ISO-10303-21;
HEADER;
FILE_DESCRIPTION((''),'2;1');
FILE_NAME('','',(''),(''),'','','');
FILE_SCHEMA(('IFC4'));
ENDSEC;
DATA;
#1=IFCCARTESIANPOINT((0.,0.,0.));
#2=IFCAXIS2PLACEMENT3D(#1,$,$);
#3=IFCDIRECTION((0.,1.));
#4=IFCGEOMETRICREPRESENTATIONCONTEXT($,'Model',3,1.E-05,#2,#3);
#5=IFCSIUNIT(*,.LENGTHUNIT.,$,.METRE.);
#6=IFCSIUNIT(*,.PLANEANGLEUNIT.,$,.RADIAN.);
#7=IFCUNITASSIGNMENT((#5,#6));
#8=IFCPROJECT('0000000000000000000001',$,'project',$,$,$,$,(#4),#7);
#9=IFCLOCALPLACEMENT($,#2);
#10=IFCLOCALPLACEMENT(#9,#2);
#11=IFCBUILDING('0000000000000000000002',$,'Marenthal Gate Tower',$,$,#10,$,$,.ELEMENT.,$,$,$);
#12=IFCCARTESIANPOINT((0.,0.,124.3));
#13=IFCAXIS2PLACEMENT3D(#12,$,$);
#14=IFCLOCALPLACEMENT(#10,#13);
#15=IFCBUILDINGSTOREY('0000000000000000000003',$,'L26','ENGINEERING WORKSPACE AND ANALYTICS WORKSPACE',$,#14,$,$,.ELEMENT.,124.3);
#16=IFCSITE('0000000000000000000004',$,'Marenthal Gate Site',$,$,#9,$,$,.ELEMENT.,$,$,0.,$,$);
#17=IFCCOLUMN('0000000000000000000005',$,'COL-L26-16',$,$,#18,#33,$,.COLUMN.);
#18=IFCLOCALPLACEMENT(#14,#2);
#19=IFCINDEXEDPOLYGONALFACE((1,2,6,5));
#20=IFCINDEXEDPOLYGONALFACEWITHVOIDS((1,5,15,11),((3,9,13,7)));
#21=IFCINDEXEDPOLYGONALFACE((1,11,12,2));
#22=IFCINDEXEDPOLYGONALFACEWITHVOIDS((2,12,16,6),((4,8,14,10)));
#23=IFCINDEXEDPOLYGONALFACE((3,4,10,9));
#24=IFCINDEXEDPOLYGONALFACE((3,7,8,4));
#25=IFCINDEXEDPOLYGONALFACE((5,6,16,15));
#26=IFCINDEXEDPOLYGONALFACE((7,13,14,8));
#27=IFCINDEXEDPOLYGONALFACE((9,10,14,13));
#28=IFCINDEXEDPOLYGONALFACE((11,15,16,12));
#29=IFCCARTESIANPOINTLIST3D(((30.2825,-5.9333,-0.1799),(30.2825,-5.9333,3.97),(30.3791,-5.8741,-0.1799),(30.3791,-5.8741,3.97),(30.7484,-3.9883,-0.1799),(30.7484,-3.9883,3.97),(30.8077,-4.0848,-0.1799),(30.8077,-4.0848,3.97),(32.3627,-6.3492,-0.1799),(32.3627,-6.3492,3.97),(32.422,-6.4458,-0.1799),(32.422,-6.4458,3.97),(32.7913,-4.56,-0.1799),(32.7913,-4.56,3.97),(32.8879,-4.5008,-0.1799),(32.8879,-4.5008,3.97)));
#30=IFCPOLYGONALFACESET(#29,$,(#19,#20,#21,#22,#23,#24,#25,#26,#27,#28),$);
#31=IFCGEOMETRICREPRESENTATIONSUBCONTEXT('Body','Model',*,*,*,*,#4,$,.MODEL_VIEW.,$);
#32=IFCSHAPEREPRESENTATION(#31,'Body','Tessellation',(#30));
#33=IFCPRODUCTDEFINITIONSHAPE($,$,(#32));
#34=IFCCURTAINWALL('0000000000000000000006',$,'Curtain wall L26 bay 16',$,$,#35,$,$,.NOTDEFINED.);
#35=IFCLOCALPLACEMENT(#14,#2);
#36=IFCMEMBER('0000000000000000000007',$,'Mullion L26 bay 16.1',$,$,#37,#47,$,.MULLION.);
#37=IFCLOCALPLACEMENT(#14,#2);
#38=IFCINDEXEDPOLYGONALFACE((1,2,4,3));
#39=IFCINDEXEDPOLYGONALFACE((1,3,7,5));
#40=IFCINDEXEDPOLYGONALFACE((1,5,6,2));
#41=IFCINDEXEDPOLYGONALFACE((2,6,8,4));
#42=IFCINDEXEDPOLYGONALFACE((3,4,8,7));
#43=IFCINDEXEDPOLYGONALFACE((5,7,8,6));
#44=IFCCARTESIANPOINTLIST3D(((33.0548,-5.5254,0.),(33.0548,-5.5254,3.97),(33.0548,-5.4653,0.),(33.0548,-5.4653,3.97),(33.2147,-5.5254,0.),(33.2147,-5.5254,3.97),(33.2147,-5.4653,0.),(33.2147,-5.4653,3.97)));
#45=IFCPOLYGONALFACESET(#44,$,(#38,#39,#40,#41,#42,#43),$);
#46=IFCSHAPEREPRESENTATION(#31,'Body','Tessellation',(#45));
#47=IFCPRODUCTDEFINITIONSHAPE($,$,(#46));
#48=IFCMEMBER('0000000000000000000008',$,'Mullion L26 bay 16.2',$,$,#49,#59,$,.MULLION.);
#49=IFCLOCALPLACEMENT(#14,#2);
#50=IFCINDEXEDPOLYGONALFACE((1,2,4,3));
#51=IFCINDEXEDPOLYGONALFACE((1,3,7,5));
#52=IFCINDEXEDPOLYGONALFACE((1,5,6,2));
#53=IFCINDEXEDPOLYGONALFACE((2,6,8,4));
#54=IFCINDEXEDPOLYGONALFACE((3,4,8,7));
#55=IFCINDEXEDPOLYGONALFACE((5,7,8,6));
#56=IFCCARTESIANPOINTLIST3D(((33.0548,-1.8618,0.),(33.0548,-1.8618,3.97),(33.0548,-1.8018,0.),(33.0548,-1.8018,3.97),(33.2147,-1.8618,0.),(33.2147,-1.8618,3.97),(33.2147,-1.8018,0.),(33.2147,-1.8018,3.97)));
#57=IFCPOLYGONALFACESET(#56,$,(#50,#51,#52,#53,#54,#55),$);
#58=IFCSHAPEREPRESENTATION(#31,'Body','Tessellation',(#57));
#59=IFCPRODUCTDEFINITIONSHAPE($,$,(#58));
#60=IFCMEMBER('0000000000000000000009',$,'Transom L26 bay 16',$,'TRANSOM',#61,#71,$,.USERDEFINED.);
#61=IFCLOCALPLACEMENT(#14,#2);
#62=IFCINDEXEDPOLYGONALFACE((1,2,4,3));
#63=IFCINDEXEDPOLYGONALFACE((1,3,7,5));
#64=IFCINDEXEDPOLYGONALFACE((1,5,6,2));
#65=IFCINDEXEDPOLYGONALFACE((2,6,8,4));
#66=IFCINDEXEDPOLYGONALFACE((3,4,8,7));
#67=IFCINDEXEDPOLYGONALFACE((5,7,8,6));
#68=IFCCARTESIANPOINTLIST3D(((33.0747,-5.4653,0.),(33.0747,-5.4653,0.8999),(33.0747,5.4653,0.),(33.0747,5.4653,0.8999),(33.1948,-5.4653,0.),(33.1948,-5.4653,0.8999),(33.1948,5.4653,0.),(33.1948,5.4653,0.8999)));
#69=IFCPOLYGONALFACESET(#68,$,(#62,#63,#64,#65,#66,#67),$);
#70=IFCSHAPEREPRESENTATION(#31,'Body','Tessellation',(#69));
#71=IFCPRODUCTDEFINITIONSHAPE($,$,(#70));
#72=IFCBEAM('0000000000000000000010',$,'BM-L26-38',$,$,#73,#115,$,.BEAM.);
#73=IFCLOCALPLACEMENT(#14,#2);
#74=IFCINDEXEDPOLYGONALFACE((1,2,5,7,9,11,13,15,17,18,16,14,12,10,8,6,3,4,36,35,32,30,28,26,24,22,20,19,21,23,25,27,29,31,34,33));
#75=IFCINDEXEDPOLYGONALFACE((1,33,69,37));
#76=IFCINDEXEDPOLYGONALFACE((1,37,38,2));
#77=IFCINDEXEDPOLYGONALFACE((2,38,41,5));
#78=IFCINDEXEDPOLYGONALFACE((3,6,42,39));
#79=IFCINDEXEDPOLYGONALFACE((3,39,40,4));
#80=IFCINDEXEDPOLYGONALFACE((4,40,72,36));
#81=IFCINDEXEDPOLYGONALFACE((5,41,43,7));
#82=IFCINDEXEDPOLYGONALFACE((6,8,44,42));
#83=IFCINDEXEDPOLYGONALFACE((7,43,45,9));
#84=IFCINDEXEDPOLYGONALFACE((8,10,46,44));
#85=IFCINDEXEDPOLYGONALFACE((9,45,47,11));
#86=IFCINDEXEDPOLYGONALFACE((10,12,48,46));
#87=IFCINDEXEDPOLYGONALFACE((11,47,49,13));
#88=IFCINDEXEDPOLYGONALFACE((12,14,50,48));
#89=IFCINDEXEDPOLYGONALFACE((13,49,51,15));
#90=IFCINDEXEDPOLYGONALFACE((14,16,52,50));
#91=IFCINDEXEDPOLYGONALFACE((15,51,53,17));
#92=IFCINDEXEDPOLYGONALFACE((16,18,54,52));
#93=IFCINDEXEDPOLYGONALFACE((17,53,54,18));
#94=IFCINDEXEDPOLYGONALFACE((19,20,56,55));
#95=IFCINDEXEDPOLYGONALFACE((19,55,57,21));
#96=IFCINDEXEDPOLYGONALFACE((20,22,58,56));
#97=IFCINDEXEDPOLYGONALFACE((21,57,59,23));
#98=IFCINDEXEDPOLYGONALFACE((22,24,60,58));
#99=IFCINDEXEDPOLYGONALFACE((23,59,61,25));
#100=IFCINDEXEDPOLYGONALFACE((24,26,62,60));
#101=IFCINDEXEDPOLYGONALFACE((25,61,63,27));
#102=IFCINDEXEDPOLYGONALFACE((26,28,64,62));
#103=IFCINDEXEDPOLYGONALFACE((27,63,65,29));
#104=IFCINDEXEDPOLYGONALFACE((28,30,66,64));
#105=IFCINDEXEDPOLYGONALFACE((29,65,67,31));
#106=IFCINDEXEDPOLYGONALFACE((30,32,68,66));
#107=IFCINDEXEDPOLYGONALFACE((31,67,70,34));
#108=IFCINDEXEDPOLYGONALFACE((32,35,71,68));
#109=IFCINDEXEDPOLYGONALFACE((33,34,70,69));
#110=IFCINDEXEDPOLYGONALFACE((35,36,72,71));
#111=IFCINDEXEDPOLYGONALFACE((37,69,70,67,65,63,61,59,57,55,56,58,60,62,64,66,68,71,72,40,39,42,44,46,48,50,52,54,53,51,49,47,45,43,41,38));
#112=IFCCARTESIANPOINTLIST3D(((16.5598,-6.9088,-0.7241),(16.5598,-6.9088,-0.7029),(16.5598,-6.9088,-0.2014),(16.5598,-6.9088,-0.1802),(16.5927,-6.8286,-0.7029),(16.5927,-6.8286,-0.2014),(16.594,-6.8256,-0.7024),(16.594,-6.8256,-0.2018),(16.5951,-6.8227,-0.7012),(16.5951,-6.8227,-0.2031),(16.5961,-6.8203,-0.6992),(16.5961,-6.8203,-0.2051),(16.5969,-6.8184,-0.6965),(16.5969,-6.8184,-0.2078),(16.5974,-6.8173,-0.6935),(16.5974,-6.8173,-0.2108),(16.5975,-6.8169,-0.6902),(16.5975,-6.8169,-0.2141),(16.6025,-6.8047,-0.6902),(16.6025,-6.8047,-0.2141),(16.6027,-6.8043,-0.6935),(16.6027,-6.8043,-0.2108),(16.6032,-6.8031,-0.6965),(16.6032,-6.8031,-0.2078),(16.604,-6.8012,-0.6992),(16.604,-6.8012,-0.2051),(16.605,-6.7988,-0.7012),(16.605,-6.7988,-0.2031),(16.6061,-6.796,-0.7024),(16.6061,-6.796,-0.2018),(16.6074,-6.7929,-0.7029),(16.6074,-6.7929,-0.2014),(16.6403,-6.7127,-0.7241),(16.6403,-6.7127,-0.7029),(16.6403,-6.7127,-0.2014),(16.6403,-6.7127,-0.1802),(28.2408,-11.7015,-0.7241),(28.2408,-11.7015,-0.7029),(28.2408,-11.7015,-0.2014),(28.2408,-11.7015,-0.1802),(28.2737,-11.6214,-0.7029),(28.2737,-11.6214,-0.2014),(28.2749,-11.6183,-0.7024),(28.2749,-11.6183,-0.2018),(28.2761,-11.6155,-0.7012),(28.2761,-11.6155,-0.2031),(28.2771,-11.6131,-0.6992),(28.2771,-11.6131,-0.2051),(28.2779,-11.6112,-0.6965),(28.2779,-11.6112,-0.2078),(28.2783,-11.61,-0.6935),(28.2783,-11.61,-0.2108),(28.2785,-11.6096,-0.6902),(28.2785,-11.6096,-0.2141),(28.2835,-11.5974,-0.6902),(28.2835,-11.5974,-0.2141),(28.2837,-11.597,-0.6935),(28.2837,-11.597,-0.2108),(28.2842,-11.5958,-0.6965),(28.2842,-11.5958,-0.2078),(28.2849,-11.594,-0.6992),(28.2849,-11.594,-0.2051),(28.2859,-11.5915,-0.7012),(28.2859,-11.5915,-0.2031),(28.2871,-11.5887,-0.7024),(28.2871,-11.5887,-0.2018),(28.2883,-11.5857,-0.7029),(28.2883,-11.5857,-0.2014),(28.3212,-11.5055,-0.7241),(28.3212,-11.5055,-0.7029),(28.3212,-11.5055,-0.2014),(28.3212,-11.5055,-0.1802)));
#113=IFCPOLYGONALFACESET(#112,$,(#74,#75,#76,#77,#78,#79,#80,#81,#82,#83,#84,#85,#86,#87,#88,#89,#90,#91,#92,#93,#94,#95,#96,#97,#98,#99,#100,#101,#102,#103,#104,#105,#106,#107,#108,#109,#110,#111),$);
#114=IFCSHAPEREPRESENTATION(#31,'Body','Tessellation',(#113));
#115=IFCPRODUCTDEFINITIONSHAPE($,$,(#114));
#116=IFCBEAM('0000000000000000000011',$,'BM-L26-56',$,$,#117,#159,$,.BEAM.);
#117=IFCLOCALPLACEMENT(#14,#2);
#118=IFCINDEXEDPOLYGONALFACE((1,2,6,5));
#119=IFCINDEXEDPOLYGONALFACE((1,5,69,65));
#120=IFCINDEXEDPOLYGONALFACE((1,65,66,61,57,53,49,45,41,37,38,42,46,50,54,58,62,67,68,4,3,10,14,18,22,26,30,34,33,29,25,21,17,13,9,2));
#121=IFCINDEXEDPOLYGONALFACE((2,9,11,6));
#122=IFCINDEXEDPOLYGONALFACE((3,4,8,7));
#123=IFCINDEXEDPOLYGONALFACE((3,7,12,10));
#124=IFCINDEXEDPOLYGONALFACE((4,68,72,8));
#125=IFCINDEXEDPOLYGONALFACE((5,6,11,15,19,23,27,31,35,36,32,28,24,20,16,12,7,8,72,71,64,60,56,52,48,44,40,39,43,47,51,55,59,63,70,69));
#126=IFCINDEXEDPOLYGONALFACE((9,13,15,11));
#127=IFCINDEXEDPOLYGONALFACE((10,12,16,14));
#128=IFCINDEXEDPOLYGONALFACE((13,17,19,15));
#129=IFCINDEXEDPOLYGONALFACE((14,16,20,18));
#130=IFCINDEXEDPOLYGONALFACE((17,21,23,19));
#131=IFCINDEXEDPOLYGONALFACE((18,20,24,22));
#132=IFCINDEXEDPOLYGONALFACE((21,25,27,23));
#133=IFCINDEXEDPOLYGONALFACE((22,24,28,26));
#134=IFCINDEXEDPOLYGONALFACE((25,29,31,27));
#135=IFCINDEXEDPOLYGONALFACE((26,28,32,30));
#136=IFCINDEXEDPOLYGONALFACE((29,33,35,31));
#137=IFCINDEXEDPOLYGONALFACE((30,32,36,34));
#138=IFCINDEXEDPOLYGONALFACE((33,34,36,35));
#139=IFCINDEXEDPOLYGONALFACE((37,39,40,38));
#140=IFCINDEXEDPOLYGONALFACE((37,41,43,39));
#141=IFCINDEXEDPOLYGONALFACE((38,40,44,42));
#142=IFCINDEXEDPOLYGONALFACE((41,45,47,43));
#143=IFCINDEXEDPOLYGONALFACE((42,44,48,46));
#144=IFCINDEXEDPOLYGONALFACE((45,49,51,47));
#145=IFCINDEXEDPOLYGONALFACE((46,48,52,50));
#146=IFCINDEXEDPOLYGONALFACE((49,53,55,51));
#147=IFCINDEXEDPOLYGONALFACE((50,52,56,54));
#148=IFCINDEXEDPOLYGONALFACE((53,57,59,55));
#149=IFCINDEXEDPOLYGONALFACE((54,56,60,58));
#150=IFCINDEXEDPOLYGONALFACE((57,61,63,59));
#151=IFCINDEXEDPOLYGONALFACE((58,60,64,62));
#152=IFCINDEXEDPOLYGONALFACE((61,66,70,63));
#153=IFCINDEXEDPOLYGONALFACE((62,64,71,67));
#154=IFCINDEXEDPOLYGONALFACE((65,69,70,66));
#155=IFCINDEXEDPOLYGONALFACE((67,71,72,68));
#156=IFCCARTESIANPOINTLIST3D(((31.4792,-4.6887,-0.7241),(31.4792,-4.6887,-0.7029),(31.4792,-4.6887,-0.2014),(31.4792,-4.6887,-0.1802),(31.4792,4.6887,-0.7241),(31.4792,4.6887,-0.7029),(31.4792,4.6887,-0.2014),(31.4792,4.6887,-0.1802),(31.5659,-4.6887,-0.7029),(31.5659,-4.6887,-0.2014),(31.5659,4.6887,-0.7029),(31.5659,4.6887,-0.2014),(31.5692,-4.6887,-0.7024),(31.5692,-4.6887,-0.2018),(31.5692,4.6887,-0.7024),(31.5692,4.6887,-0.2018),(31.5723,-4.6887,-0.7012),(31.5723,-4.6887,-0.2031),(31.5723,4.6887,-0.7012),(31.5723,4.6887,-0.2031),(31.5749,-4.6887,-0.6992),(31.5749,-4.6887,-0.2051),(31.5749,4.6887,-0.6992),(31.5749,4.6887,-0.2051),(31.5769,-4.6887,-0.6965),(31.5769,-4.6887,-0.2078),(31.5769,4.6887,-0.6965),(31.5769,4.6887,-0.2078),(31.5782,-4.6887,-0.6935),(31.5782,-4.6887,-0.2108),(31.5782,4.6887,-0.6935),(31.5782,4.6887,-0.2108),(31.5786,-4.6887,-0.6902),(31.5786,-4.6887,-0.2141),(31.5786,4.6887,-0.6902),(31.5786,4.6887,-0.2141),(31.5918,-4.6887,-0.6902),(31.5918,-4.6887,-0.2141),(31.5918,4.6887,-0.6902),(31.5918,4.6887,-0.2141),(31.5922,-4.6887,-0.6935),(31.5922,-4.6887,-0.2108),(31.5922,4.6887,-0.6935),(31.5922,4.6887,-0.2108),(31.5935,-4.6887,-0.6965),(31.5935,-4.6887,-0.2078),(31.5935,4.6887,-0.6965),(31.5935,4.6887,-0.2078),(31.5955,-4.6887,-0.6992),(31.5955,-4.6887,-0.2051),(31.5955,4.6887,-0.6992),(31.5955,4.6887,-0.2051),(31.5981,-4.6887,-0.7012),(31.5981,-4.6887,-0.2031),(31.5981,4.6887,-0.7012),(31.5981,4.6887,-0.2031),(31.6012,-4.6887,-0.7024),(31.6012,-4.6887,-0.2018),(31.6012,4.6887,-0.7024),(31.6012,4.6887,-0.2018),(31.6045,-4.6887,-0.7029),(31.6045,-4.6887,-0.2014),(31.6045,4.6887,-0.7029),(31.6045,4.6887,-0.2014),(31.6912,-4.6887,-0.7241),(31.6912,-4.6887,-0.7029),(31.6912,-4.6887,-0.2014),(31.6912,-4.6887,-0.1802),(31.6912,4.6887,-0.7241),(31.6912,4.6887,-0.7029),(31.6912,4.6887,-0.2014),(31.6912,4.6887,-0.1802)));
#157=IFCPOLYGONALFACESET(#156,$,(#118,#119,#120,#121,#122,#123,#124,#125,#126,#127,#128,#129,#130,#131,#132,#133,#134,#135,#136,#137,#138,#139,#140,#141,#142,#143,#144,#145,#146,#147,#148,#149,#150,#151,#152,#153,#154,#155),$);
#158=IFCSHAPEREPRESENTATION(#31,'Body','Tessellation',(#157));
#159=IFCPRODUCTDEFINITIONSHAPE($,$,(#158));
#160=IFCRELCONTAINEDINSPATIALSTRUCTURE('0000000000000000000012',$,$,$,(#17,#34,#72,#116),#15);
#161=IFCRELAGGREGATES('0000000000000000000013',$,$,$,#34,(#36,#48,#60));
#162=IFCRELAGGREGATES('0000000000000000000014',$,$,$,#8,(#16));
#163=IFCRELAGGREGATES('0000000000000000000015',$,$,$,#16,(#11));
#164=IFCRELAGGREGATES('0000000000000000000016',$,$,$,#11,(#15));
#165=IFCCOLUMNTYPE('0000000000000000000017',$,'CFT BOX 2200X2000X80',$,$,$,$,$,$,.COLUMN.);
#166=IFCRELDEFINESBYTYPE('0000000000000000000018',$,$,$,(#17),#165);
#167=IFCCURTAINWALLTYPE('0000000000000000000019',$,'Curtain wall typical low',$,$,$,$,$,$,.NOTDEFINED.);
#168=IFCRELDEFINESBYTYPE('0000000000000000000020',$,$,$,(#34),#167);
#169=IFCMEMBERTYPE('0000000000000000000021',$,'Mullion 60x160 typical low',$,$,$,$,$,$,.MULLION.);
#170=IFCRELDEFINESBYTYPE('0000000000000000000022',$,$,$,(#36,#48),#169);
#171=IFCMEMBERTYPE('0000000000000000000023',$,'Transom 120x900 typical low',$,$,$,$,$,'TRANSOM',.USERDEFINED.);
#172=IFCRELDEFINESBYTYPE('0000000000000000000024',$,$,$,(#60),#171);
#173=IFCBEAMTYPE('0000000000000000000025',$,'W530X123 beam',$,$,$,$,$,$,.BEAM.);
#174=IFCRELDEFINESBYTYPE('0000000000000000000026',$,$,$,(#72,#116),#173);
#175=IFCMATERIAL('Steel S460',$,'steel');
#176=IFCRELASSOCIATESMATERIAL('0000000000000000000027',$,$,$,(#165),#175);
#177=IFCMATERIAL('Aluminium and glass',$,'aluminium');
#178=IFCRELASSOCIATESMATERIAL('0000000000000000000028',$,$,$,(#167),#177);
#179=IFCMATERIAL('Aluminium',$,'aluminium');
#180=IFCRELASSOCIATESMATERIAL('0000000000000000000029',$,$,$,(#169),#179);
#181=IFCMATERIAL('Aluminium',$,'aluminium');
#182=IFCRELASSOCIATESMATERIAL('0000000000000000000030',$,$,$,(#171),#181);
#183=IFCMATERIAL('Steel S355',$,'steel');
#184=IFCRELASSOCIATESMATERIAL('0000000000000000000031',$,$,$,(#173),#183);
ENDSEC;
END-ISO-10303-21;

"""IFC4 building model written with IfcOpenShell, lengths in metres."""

from ifc_helpers import new_model, si_unit, direction, frame, origin, origin_2d, place, context, subcontext, project, spatial, rectangle, hollow_rectangle, i_section, extrude, material, material_profile, profile_set, type_object, element, aggregate, save


model = new_model("IFC4")

# Units and contexts
model_context = context("Model", 3, precision=1e-05, world=origin(), true_north=direction((0.0, 1.0)))
body_context = subcontext(model_context, "Body", "Model", "MODEL_VIEW")
ifc_project = project(units=[si_unit("LENGTHUNIT", "METRE"), si_unit("PLANEANGLEUNIT", "RADIAN")], contexts=[model_context])

# Site, building, storey
site_placement = place(None, origin())
site = spatial("IfcSite", under=ifc_project, at=site_placement, Name="Marenthal Gate Site", CompositionType="ELEMENT", RefElevation=0.0)
building_placement = place(site_placement, origin())
building = spatial("IfcBuilding", under=site, at=building_placement, Name="Marenthal Gate Tower", CompositionType="ELEMENT")
storey_placement = place(building_placement, frame((0.0, 0.0, 124.3)))
storey = spatial("IfcBuildingStorey", under=building, at=storey_placement, Name="L26", Description="ENGINEERING WORKSPACE AND ANALYTICS WORKSPACE", CompositionType="ELEMENT", Elevation=124.3)

# Column
ifc_material_1 = material(Name="Steel S460", Category="steel")
ifc_material_profile_1 = material_profile(ifc_material_1, hollow_rectangle(XDim=2.0, YDim=2.2, WallThickness=0.0801, at=origin_2d()), Name="CFT BOX 2200X2000X80")
ifc_material_2 = material(Name="Concrete 70 MPa", Category="concrete")
ifc_material_profile_2 = material_profile(ifc_material_2, rectangle(XDim=1.8401, YDim=2.04, at=origin_2d()), Name="CFT BOX 2200X2000X80 INFILL")
ifc_profile_set_1 = profile_set([ifc_material_profile_1, ifc_material_profile_2], Name="Steel S460 shell, Concrete 70 MPa infill")
column_type = type_object("IfcColumnType", Name="CFT BOX 2200X2000X80", PredefinedType="COLUMN", material=ifc_profile_set_1)
column_placement = place(storey_placement, frame((31.5852, -5.217, -0.1799), z_axis=(0.0, 0.0, 1.0), x_axis=(-0.23295, -0.972489, 0.0)))
element("IfcColumn", 1, at=column_placement, inside=storey, type_object=column_type, Name="COL-L26-16", PredefinedType="COLUMN", context=body_context, shape_type="SweptSolid", body=[
    extrude(hollow_rectangle(XDim=2.0, YDim=2.2, WallThickness=0.0801, at=origin_2d()), origin(), (0.0, 0.0, 1.0), 4.1499),
])

# Curtain wall, members
ifc_material_3 = material(Name="Aluminium and glass", Category="aluminium")
curtain_wall_type = type_object("IfcCurtainWallType", Name="Curtain wall typical low", PredefinedType="NOTDEFINED", material=ifc_material_3)
curtain_wall_placement = place(storey_placement, origin())
curtain_wall = element("IfcCurtainWall", 2, at=curtain_wall_placement, inside=storey, type_object=curtain_wall_type, Name="Curtain wall L26 bay 16", PredefinedType="NOTDEFINED")
ifc_material_4 = material(Name="Aluminium", Category="aluminium")
ifc_material_profile_3 = material_profile(ifc_material_4, rectangle(XDim=0.1599, YDim=0.0601, at=origin_2d()), Name="60x160 aluminium mullion")
ifc_profile_set_2 = profile_set([ifc_material_profile_3], Name="Aluminium")
member_type_1 = type_object("IfcMemberType", Name="Mullion 60x160 typical low", PredefinedType="MULLION", material=ifc_profile_set_2)
member_1_placement = place(storey_placement, frame((33.1348, -5.4954, 0.0), z_axis=(0.0, 0.0, 1.0), x_axis=(-1.0, 0.0, 0.0)))
member_1 = element("IfcMember", 3, at=member_1_placement, type_object=member_type_1, Name="Mullion L26 bay 16.1", PredefinedType="MULLION", context=body_context, shape_type="SweptSolid", body=[
    extrude(rectangle(XDim=0.1599, YDim=0.0601, at=origin_2d()), origin(), (0.0, 0.0, 1.0), 3.97),
])
member_2_placement = place(storey_placement, frame((33.1348, -1.8318, 0.0), z_axis=(0.0, 0.0, 1.0), x_axis=(-1.0, 0.0, 0.0)))
member_2 = element("IfcMember", 4, at=member_2_placement, type_object=member_type_1, Name="Mullion L26 bay 16.2", PredefinedType="MULLION", context=body_context, shape_type="SweptSolid", body=[
    extrude(rectangle(XDim=0.1599, YDim=0.0601, at=origin_2d()), origin(), (0.0, 0.0, 1.0), 3.97),
])
ifc_material_5 = material(Name="Aluminium", Category="aluminium")
ifc_material_profile_4 = material_profile(ifc_material_5, rectangle(XDim=0.1201, YDim=0.8999, at=origin_2d()), Name="120x900 aluminium transom")
ifc_profile_set_3 = profile_set([ifc_material_profile_4], Name="Aluminium")
member_type_2 = type_object("IfcMemberType", Name="Transom 120x900 typical low", ElementType="TRANSOM", PredefinedType="USERDEFINED", material=ifc_profile_set_3)
member_3_placement = place(storey_placement, frame((33.1348, -5.4653, 0.45), z_axis=(0.0, 1.0, 0.0), x_axis=(-1.0, 0.0, 0.0)))
member_3 = element("IfcMember", 5, at=member_3_placement, type_object=member_type_2, Name="Transom L26 bay 16", ObjectType="TRANSOM", PredefinedType="USERDEFINED", context=body_context, shape_type="SweptSolid", body=[
    extrude(rectangle(XDim=0.1201, YDim=0.8999, at=origin_2d()), origin(), (0.0, 0.0, 1.0), 10.9307),
])

# Beams
ifc_material_6 = material(Name="Steel S355", Category="steel")
ifc_material_profile_5 = material_profile(ifc_material_6, i_section(OverallWidth=0.2119, OverallDepth=0.5439, WebThickness=0.0132, FlangeThickness=0.0212, FilletRadius=0.0127, at=origin_2d()), Name="W530X123")
ifc_profile_set_4 = profile_set([ifc_material_profile_5], Name="Steel S355")
beam_type_1 = type_object("IfcBeamType", Name="W530X123 beam", PredefinedType="BEAM", material=ifc_profile_set_4)
beam_1_placement = place(storey_placement, frame((28.281, -11.6035, -0.4521), z_axis=(-0.925153, 0.379594, 0.0), x_axis=(-0.379594, -0.925153, 0.0)))
element("IfcBeam", 6, at=beam_1_placement, inside=storey, type_object=beam_type_1, Name="BM-L26-38", PredefinedType="BEAM", context=body_context, shape_type="SweptSolid", body=[
    extrude(i_section(OverallWidth=0.2119, OverallDepth=0.5439, WebThickness=0.0132, FlangeThickness=0.0212, FilletRadius=0.0127, at=origin_2d()), origin(), (0.0, 0.0, 1.0), 12.626),
])
beam_2_placement = place(storey_placement, frame((31.5852, -4.6887, -0.4521), z_axis=(0.0, 1.0, 0.0), x_axis=(-1.0, 0.0, 0.0)))
element("IfcBeam", 7, at=beam_2_placement, inside=storey, type_object=beam_type_1, Name="BM-L26-56", PredefinedType="BEAM", context=body_context, shape_type="SweptSolid", body=[
    extrude(i_section(OverallWidth=0.2119, OverallDepth=0.5439, WebThickness=0.0132, FlangeThickness=0.0212, FilletRadius=0.0127, at=origin_2d()), origin(), (0.0, 0.0, 1.0), 9.3774),
])

aggregate(curtain_wall, [member_1, member_2, member_3])

save(model, "model.ifc")
